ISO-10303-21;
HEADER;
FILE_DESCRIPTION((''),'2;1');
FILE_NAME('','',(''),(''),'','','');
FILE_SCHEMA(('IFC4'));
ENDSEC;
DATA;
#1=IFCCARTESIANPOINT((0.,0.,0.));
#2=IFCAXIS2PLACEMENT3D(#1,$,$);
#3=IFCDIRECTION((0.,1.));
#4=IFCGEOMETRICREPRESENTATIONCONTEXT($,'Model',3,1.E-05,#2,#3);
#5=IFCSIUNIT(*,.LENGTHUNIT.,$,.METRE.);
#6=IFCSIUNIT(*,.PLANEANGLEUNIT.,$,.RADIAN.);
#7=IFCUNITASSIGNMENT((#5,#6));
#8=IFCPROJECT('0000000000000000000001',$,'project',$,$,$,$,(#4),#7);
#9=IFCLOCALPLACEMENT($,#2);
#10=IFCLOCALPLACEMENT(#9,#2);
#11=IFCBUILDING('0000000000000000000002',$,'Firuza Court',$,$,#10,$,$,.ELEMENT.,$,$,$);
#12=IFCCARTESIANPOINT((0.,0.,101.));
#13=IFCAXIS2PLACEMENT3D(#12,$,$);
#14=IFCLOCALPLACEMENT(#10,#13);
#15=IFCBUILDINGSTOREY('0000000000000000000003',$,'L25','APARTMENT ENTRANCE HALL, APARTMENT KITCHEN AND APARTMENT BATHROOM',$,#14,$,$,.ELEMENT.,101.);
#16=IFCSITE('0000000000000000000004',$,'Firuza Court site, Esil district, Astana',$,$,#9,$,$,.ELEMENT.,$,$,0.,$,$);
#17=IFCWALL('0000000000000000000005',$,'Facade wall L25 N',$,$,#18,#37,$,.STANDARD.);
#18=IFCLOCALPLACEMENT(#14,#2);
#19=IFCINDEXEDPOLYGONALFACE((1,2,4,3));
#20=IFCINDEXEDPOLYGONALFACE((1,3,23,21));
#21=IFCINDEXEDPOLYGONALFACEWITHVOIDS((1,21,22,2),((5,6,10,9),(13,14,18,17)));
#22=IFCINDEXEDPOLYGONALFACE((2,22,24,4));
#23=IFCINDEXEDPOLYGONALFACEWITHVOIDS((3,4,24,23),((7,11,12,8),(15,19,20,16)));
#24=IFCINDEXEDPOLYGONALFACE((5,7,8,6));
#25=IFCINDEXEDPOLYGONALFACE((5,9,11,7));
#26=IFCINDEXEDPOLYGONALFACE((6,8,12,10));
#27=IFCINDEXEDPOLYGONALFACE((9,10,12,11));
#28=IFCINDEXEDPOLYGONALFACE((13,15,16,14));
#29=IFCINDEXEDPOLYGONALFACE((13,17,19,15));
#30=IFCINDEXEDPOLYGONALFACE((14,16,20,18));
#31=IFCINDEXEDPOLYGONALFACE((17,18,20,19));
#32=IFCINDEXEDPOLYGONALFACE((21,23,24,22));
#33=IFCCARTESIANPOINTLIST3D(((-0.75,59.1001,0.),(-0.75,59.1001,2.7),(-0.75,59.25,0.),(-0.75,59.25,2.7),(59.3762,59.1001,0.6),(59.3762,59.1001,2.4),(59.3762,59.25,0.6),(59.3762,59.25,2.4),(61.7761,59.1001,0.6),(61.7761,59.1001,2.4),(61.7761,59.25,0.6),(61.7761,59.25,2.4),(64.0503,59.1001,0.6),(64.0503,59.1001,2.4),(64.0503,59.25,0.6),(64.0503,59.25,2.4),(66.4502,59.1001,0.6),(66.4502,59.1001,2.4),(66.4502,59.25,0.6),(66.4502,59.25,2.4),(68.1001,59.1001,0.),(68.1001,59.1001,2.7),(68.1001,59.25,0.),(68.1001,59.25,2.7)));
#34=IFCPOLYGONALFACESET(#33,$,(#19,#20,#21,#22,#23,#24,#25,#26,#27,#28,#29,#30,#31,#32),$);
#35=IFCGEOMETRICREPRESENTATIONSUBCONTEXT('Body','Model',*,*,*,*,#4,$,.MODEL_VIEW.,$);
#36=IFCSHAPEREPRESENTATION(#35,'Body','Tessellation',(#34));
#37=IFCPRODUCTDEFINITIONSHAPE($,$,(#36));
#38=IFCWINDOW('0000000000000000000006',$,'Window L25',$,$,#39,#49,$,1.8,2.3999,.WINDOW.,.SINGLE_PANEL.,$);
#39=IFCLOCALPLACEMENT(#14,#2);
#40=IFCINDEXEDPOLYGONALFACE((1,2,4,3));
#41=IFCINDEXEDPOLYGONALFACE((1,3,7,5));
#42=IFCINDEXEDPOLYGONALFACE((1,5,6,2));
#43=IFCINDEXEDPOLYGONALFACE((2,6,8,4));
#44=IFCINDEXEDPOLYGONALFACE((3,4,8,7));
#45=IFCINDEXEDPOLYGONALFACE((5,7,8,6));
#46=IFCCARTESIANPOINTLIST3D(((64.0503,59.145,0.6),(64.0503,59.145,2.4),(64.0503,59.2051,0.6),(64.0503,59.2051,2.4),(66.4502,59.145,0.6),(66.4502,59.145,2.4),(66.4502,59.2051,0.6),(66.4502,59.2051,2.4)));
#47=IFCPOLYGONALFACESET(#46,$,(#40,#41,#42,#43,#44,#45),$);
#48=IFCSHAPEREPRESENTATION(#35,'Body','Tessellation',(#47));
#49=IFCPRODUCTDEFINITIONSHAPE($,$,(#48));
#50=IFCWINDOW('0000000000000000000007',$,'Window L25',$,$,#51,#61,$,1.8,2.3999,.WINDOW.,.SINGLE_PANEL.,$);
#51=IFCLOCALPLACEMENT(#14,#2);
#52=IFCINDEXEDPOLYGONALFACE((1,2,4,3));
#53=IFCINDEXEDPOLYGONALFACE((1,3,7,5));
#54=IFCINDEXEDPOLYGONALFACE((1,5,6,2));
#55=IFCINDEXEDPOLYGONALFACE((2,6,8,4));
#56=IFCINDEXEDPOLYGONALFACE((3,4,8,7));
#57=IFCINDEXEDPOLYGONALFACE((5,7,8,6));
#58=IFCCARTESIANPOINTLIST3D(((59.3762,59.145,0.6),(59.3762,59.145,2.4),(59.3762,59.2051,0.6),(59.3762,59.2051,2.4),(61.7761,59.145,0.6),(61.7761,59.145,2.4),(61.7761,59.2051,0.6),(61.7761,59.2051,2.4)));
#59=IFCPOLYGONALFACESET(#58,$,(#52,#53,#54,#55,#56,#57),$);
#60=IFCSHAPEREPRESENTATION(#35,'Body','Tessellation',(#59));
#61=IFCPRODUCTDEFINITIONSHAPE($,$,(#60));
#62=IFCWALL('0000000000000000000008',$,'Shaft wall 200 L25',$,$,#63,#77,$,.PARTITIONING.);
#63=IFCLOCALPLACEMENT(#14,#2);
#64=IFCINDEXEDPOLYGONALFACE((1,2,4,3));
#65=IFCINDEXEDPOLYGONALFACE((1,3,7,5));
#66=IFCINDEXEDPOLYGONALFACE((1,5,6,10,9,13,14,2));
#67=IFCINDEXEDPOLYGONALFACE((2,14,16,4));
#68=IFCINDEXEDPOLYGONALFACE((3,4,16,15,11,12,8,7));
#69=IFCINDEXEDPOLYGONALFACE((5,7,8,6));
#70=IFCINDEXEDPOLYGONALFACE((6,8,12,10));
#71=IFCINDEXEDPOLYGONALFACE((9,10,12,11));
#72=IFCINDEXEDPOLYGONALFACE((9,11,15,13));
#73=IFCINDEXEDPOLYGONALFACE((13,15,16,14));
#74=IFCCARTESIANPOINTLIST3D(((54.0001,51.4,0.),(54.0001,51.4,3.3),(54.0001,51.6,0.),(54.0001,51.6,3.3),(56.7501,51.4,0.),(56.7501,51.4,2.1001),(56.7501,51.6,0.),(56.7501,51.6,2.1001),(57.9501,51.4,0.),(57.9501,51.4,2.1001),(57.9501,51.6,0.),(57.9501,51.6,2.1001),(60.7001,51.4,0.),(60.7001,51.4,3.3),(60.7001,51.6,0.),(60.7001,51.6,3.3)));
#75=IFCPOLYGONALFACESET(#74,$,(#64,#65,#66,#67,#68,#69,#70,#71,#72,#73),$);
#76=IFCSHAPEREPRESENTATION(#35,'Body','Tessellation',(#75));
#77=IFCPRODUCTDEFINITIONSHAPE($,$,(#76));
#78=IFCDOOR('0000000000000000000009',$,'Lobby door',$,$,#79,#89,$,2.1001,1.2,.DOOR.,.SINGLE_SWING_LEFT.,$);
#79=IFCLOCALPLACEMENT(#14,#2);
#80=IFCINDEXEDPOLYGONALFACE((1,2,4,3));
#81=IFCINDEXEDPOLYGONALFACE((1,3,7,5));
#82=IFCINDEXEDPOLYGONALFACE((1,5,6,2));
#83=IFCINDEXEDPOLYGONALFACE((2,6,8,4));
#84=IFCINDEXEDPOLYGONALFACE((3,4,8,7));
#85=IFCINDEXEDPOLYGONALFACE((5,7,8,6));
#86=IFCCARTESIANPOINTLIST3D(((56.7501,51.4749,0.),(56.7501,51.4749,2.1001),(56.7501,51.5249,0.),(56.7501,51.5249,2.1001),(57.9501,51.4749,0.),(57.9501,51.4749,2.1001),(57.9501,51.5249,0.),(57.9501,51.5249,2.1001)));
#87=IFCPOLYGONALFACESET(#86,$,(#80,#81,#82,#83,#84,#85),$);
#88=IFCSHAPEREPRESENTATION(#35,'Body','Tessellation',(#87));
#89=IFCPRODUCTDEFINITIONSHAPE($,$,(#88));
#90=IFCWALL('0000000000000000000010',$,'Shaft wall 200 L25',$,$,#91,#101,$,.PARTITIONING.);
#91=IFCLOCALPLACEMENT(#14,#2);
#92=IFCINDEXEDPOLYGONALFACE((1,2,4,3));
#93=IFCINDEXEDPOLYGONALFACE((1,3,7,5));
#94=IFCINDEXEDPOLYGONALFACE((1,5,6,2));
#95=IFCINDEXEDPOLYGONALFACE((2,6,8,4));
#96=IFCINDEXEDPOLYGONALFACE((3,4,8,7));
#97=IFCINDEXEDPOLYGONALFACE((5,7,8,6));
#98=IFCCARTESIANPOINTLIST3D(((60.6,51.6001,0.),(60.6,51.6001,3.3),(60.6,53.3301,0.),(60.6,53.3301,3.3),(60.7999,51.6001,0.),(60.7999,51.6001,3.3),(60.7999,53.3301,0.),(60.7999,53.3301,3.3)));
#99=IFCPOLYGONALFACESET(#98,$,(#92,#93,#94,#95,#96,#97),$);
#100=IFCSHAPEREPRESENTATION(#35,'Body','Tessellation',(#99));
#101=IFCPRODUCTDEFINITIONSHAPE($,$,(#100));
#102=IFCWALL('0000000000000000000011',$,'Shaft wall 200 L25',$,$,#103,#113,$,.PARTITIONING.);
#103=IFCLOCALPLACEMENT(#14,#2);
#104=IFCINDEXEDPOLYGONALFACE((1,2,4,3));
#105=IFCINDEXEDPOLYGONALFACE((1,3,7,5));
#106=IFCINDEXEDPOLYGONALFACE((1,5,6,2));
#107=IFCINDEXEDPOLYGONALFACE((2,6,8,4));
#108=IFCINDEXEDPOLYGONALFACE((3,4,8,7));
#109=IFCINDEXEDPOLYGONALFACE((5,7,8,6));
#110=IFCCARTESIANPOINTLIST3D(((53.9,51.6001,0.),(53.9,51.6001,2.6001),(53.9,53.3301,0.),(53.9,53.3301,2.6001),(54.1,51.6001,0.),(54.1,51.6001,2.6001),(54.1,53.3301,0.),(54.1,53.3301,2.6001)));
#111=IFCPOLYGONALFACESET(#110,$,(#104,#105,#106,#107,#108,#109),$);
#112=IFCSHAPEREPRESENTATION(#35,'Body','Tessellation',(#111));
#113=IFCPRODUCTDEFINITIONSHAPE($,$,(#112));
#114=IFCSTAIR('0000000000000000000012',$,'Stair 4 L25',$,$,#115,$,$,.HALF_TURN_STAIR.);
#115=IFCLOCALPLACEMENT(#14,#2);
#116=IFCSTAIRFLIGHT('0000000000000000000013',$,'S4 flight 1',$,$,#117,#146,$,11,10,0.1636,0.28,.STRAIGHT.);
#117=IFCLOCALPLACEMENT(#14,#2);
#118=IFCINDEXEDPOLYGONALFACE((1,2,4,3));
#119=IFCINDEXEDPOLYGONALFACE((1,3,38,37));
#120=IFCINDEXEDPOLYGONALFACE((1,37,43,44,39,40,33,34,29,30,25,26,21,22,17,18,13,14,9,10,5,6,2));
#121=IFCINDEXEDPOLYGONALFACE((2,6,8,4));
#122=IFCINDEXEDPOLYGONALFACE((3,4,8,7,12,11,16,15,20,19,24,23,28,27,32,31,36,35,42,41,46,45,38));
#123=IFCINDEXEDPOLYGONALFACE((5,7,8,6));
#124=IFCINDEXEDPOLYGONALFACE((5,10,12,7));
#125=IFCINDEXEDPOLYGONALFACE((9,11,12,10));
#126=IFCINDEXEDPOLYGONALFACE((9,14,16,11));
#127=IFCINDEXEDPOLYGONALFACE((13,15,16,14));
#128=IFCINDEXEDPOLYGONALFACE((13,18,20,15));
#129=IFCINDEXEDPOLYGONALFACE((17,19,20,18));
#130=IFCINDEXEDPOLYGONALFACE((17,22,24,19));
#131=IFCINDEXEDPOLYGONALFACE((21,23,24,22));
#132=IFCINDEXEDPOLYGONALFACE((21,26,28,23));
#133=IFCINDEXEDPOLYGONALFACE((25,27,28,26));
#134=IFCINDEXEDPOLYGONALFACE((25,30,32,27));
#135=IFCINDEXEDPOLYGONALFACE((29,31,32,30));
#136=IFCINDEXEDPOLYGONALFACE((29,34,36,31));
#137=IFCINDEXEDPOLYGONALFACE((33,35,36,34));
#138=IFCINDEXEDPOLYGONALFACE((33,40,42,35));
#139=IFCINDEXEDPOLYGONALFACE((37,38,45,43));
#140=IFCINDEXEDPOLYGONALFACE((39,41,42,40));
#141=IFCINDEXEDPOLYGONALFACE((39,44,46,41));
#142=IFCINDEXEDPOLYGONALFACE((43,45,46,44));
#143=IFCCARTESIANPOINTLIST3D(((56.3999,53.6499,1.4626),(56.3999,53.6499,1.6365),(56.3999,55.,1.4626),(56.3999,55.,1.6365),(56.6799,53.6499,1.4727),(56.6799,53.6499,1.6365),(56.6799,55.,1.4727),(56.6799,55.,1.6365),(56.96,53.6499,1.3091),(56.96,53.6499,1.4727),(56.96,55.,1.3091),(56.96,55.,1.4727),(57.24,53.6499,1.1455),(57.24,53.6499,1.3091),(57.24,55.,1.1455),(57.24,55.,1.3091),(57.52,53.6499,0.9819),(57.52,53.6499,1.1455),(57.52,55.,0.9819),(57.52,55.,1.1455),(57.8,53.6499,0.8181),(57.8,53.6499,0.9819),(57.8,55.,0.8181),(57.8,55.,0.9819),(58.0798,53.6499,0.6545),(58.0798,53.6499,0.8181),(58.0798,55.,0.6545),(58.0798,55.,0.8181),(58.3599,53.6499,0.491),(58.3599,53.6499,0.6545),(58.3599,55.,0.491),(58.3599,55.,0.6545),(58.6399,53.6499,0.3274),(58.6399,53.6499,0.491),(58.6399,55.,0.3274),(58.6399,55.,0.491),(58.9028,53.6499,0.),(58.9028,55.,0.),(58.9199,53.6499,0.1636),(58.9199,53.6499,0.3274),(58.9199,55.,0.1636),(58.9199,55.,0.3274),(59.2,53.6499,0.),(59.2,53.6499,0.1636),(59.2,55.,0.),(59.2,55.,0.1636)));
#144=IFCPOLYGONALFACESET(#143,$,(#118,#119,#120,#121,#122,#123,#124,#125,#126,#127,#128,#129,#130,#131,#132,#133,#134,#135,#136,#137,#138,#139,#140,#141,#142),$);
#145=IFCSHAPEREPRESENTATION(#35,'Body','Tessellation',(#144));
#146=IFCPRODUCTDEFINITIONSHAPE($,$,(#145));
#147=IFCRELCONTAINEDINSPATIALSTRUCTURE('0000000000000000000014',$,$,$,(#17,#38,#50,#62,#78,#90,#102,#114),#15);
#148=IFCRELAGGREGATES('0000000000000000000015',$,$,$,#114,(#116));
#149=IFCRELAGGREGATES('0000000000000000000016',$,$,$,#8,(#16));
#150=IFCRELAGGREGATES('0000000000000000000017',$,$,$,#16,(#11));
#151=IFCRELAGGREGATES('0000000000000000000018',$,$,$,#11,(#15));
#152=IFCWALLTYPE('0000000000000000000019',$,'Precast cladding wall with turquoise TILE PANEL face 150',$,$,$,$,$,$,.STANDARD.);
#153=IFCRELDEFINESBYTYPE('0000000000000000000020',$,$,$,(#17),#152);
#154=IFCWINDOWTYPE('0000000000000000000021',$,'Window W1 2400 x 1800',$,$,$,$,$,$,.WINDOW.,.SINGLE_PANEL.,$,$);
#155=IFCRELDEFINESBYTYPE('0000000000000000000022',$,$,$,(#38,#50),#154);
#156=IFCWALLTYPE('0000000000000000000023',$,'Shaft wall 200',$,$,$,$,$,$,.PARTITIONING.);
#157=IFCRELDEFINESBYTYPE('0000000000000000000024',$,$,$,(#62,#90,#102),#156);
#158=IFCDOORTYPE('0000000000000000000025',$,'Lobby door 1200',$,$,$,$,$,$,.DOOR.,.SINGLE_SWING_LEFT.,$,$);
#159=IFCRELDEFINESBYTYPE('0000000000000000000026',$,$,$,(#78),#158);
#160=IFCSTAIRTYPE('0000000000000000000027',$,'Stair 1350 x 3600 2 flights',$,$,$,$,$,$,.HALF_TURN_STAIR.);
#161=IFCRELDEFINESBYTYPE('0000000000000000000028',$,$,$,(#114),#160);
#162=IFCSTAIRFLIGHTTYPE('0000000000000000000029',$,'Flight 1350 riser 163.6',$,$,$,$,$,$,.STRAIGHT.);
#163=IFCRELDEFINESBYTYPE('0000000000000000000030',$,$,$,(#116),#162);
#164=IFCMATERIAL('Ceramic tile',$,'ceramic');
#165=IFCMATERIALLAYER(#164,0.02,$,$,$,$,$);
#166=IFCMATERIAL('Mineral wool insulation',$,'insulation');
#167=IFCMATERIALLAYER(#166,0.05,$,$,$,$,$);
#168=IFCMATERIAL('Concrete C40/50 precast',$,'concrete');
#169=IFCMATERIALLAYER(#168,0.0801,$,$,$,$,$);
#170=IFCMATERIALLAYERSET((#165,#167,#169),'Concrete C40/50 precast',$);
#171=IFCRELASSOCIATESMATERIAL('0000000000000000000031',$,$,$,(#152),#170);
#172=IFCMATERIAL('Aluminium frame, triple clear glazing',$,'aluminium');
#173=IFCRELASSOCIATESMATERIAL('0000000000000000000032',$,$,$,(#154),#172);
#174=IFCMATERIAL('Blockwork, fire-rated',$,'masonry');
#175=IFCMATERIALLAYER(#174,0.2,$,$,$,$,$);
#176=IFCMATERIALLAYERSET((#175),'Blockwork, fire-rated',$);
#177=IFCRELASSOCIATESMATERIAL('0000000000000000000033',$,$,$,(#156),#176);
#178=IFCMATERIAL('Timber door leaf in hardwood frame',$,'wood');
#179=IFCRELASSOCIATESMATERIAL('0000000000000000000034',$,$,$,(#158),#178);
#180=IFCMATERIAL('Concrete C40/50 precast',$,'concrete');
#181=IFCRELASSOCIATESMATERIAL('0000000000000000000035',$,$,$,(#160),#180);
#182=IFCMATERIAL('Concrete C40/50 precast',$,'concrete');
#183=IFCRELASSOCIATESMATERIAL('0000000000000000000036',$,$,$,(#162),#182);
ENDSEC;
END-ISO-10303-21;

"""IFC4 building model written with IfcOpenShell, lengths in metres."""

from ifc_helpers import new_model, si_unit, direction, frame, frame_2d, origin, place, context, subcontext, project, spatial, polyline, rectangle, outline, extrude, material, layer, layer_set, type_object, element, fill, aggregate, save


model = new_model("IFC4")

# Units and contexts
model_context = context("Model", 3, precision=1e-05, world=origin(), true_north=direction((0.0, 1.0)))
body_context = subcontext(model_context, "Body", "Model", "MODEL_VIEW")
ifc_project = project(units=[si_unit("LENGTHUNIT", "METRE"), si_unit("PLANEANGLEUNIT", "RADIAN")], contexts=[model_context])

# Site, building, storey
site_placement = place(None, origin())
site = spatial("IfcSite", under=ifc_project, at=site_placement, Name="Firuza Court site, Esil district, Astana", CompositionType="ELEMENT", RefElevation=0.0)
building_placement = place(site_placement, origin())
building = spatial("IfcBuilding", under=site, at=building_placement, Name="Firuza Court", CompositionType="ELEMENT")
storey_placement = place(building_placement, frame((0.0, 0.0, 101.0)))
storey = spatial("IfcBuildingStorey", under=building, at=storey_placement, Name="L25", Description="APARTMENT ENTRANCE HALL, APARTMENT KITCHEN AND APARTMENT BATHROOM", CompositionType="ELEMENT", Elevation=101.0)

# Wall, openings, windows
ifc_material_1 = material(Name="Ceramic tile", Category="ceramic")
ifc_layer_1 = layer(ifc_material_1, 0.02)
ifc_material_2 = material(Name="Mineral wool insulation", Category="insulation")
ifc_layer_2 = layer(ifc_material_2, 0.05)
ifc_material_3 = material(Name="Concrete C40/50 precast", Category="concrete")
ifc_layer_3 = layer(ifc_material_3, 0.0801)
ifc_layer_set_1 = layer_set([ifc_layer_1, ifc_layer_2, ifc_layer_3], Name="Concrete C40/50 precast")
wall_type_1 = type_object("IfcWallType", Name="Precast cladding wall with turquoise TILE PANEL face 150", PredefinedType="STANDARD", material=ifc_layer_set_1)
wall_1_placement = place(storey_placement, frame((68.1001, 59.175, 0.0), z_axis=(0.0, 0.0, 1.0), x_axis=(-1.0, 0.0, 0.0)))
wall_1 = element("IfcWall", 1, at=wall_1_placement, inside=storey, type_object=wall_type_1, Name="Facade wall L25 N", PredefinedType="STANDARD", context=body_context, shape_type="SweptSolid", body=[
    extrude(rectangle(XDim=68.8501, YDim=0.1499, at=frame_2d((34.425, 0.0))), origin(), (0.0, 0.0, 1.0), 2.7),
])
opening_1_placement = place(wall_1_placement, frame((1.6499, 0.0, 0.6001)))
opening_1 = element("IfcOpeningElement", 2, at=opening_1_placement, cuts=wall_1, PredefinedType="OPENING", context=body_context, shape_type="SweptSolid", body=[
    extrude(rectangle(XDim=2.3999, YDim=1.8, at=frame_2d((1.2, 0.8999))), frame((0.0, 0.0869, 0.0), z_axis=(0.0, -1.0, 0.0), x_axis=(1.0, 0.0, 0.0)), (0.0, 0.0, 1.0), 0.1738),
])
opening_2_placement = place(wall_1_placement, frame((6.324, 0.0, 0.6001)))
opening_2 = element("IfcOpeningElement", 3, at=opening_2_placement, cuts=wall_1, PredefinedType="OPENING", context=body_context, shape_type="SweptSolid", body=[
    extrude(rectangle(XDim=2.3999, YDim=1.8, at=frame_2d((1.2, 0.8999))), frame((0.0, 0.0869, 0.0), z_axis=(0.0, -1.0, 0.0), x_axis=(1.0, 0.0, 0.0)), (0.0, 0.0, 1.0), 0.1738),
])
ifc_material_4 = material(Name="Aluminium frame, triple clear glazing", Category="aluminium")
window_type = type_object("IfcWindowType", Name="Window W1 2400 x 1800", PartitioningType="SINGLE_PANEL", PredefinedType="WINDOW", material=ifc_material_4)
window_1_placement = place(opening_1_placement, origin())
window_1 = element("IfcWindow", 4, at=window_1_placement, inside=storey, type_object=window_type, Name="Window L25", OverallHeight=1.8, OverallWidth=2.3999, PartitioningType="SINGLE_PANEL", PredefinedType="WINDOW", context=body_context, shape_type="SweptSolid", body=[
    extrude(rectangle(XDim=2.3999, YDim=1.8, at=frame_2d((1.2, 0.8999))), frame((0.0, 0.03, 0.0), z_axis=(0.0, -1.0, 0.0), x_axis=(1.0, 0.0, 0.0)), (0.0, 0.0, 1.0), 0.0601),
])
fill(opening_1, window_1)
window_2_placement = place(opening_2_placement, origin())
window_2 = element("IfcWindow", 5, at=window_2_placement, inside=storey, type_object=window_type, Name="Window L25", OverallHeight=1.8, OverallWidth=2.3999, PartitioningType="SINGLE_PANEL", PredefinedType="WINDOW", context=body_context, shape_type="SweptSolid", body=[
    extrude(rectangle(XDim=2.3999, YDim=1.8, at=frame_2d((1.2, 0.8999))), frame((0.0, 0.03, 0.0), z_axis=(0.0, -1.0, 0.0), x_axis=(1.0, 0.0, 0.0)), (0.0, 0.0, 1.0), 0.0601),
])
fill(opening_2, window_2)

# Wall, opening, door
ifc_material_5 = material(Name="Blockwork, fire-rated", Category="masonry")
ifc_layer_4 = layer(ifc_material_5, 0.2)
ifc_layer_set_2 = layer_set([ifc_layer_4], Name="Blockwork, fire-rated")
wall_type_2 = type_object("IfcWallType", Name="Shaft wall 200", PredefinedType="PARTITIONING", material=ifc_layer_set_2)
wall_2_placement = place(storey_placement, frame((54.0, 51.5, 0.0), z_axis=(0.0, 0.0, 1.0), x_axis=(1.0, 0.0, 0.0)))
wall_2 = element("IfcWall", 6, at=wall_2_placement, inside=storey, type_object=wall_type_2, Name="Shaft wall 200 L25", PredefinedType="PARTITIONING", context=body_context, shape_type="SweptSolid", body=[
    extrude(rectangle(XDim=6.7, YDim=0.2, at=frame_2d((3.3501, 0.0))), origin(), (0.0, 0.0, 1.0), 3.3),
])
opening_3_placement = place(wall_2_placement, frame((2.75, 0.0, 0.0)))
opening_3 = element("IfcOpeningElement", 7, at=opening_3_placement, cuts=wall_2, PredefinedType="OPENING", context=body_context, shape_type="SweptSolid", body=[
    extrude(rectangle(XDim=1.2, YDim=2.1001, at=frame_2d((0.6001, 1.05))), frame((0.0, 0.1118, 0.0), z_axis=(0.0, -1.0, 0.0), x_axis=(1.0, 0.0, 0.0)), (0.0, 0.0, 1.0), 0.2239),
])
ifc_material_6 = material(Name="Timber door leaf in hardwood frame", Category="wood")
door_type_1 = type_object("IfcDoorType", Name="Lobby door 1200", OperationType="SINGLE_SWING_LEFT", PredefinedType="DOOR", material=ifc_material_6)
door_1_placement = place(opening_3_placement, origin())
door_1 = element("IfcDoor", 8, at=door_1_placement, inside=storey, type_object=door_type_1, Name="Lobby door", OperationType="SINGLE_SWING_LEFT", OverallHeight=2.1001, OverallWidth=1.2, PredefinedType="DOOR", context=body_context, shape_type="SweptSolid", body=[
    extrude(rectangle(XDim=1.2, YDim=2.1001, at=frame_2d((0.6001, 1.05))), frame((0.0, 0.0249, 0.0), z_axis=(0.0, -1.0, 0.0), x_axis=(1.0, 0.0, 0.0)), (0.0, 0.0, 1.0), 0.05),
])
fill(opening_3, door_1)

# Walls
wall_3_placement = place(storey_placement, frame((60.7, 51.6001, 0.0), z_axis=(0.0, 0.0, 1.0), x_axis=(0.0, 1.0, 0.0)))
element("IfcWall", 9, at=wall_3_placement, inside=storey, type_object=wall_type_2, Name="Shaft wall 200 L25", PredefinedType="PARTITIONING", context=body_context, shape_type="SweptSolid", body=[
    extrude(rectangle(XDim=1.73, YDim=0.2, at=frame_2d((0.865, 0.0))), origin(), (0.0, 0.0, 1.0), 3.3),
])
wall_4_placement = place(storey_placement, frame((54.0, 51.6001, 0.0), z_axis=(0.0, 0.0, 1.0), x_axis=(0.0, 1.0, 0.0)))
element("IfcWall", 10, at=wall_4_placement, inside=storey, type_object=wall_type_2, Name="Shaft wall 200 L25", PredefinedType="PARTITIONING", context=body_context, shape_type="SweptSolid", body=[
    extrude(rectangle(XDim=1.73, YDim=0.2, at=frame_2d((0.865, 0.0))), origin(), (0.0, 0.0, 1.0), 2.6001),
])

# Stair, stair flight
ifc_material_7 = material(Name="Concrete C40/50 precast", Category="concrete")
stair_type = type_object("IfcStairType", Name="Stair 1350 x 3600 2 flights", PredefinedType="HALF_TURN_STAIR", material=ifc_material_7)
stair_placement = place(storey_placement, origin())
stair = element("IfcStair", 11, at=stair_placement, inside=storey, type_object=stair_type, Name="Stair 4 L25", PredefinedType="HALF_TURN_STAIR")
ifc_material_8 = material(Name="Concrete C40/50 precast", Category="concrete")
stair_flight_type = type_object("IfcStairFlightType", Name="Flight 1350 riser 163.6", PredefinedType="STRAIGHT", material=ifc_material_8)
stair_flight_1_placement = place(storey_placement, frame((59.2, 54.325, 0.0), z_axis=(0.0, 0.0, 1.0), x_axis=(-1.0, 0.0, 0.0)))
stair_flight_1 = element("IfcStairFlight", 12, at=stair_flight_1_placement, type_object=stair_flight_type, Name="S4 flight 1", NumberOfRisers=11, NumberOfTreads=10, PredefinedType="STRAIGHT", RiserHeight=0.1636, TreadLength=0.28, context=body_context, shape_type="SweptSolid", body=[
    extrude(outline(polyline([(0.0, 0.0), (0.0, 0.1636), (0.28, 0.1636), (0.28, 0.3274), (0.5601, 0.3274), (0.5601, 0.491), (0.8401, 0.491), (0.8401, 0.6545), (1.1201, 0.6545), (1.1201, 0.8181), (1.3999, 0.8181), (1.3999, 0.9819), (1.6799, 0.9819), (1.6799, 1.1455), (1.96, 1.1455), (1.96, 1.3091), (2.24, 1.3091), (2.24, 1.4727), (2.52, 1.4727), (2.52, 1.6365), (2.8, 1.6365), (2.8, 1.8), (2.8, 1.4626), (0.2971, 0.0), (0.0, 0.0)])), frame((0.0, 0.675, 0.0), z_axis=(0.0, -1.0, 0.0), x_axis=(1.0, 0.0, 0.0)), (0.0, 0.0, 1.0), 1.3501),
])
aggregate(stair, [stair_flight_1])

save(model, "model.ifc")
